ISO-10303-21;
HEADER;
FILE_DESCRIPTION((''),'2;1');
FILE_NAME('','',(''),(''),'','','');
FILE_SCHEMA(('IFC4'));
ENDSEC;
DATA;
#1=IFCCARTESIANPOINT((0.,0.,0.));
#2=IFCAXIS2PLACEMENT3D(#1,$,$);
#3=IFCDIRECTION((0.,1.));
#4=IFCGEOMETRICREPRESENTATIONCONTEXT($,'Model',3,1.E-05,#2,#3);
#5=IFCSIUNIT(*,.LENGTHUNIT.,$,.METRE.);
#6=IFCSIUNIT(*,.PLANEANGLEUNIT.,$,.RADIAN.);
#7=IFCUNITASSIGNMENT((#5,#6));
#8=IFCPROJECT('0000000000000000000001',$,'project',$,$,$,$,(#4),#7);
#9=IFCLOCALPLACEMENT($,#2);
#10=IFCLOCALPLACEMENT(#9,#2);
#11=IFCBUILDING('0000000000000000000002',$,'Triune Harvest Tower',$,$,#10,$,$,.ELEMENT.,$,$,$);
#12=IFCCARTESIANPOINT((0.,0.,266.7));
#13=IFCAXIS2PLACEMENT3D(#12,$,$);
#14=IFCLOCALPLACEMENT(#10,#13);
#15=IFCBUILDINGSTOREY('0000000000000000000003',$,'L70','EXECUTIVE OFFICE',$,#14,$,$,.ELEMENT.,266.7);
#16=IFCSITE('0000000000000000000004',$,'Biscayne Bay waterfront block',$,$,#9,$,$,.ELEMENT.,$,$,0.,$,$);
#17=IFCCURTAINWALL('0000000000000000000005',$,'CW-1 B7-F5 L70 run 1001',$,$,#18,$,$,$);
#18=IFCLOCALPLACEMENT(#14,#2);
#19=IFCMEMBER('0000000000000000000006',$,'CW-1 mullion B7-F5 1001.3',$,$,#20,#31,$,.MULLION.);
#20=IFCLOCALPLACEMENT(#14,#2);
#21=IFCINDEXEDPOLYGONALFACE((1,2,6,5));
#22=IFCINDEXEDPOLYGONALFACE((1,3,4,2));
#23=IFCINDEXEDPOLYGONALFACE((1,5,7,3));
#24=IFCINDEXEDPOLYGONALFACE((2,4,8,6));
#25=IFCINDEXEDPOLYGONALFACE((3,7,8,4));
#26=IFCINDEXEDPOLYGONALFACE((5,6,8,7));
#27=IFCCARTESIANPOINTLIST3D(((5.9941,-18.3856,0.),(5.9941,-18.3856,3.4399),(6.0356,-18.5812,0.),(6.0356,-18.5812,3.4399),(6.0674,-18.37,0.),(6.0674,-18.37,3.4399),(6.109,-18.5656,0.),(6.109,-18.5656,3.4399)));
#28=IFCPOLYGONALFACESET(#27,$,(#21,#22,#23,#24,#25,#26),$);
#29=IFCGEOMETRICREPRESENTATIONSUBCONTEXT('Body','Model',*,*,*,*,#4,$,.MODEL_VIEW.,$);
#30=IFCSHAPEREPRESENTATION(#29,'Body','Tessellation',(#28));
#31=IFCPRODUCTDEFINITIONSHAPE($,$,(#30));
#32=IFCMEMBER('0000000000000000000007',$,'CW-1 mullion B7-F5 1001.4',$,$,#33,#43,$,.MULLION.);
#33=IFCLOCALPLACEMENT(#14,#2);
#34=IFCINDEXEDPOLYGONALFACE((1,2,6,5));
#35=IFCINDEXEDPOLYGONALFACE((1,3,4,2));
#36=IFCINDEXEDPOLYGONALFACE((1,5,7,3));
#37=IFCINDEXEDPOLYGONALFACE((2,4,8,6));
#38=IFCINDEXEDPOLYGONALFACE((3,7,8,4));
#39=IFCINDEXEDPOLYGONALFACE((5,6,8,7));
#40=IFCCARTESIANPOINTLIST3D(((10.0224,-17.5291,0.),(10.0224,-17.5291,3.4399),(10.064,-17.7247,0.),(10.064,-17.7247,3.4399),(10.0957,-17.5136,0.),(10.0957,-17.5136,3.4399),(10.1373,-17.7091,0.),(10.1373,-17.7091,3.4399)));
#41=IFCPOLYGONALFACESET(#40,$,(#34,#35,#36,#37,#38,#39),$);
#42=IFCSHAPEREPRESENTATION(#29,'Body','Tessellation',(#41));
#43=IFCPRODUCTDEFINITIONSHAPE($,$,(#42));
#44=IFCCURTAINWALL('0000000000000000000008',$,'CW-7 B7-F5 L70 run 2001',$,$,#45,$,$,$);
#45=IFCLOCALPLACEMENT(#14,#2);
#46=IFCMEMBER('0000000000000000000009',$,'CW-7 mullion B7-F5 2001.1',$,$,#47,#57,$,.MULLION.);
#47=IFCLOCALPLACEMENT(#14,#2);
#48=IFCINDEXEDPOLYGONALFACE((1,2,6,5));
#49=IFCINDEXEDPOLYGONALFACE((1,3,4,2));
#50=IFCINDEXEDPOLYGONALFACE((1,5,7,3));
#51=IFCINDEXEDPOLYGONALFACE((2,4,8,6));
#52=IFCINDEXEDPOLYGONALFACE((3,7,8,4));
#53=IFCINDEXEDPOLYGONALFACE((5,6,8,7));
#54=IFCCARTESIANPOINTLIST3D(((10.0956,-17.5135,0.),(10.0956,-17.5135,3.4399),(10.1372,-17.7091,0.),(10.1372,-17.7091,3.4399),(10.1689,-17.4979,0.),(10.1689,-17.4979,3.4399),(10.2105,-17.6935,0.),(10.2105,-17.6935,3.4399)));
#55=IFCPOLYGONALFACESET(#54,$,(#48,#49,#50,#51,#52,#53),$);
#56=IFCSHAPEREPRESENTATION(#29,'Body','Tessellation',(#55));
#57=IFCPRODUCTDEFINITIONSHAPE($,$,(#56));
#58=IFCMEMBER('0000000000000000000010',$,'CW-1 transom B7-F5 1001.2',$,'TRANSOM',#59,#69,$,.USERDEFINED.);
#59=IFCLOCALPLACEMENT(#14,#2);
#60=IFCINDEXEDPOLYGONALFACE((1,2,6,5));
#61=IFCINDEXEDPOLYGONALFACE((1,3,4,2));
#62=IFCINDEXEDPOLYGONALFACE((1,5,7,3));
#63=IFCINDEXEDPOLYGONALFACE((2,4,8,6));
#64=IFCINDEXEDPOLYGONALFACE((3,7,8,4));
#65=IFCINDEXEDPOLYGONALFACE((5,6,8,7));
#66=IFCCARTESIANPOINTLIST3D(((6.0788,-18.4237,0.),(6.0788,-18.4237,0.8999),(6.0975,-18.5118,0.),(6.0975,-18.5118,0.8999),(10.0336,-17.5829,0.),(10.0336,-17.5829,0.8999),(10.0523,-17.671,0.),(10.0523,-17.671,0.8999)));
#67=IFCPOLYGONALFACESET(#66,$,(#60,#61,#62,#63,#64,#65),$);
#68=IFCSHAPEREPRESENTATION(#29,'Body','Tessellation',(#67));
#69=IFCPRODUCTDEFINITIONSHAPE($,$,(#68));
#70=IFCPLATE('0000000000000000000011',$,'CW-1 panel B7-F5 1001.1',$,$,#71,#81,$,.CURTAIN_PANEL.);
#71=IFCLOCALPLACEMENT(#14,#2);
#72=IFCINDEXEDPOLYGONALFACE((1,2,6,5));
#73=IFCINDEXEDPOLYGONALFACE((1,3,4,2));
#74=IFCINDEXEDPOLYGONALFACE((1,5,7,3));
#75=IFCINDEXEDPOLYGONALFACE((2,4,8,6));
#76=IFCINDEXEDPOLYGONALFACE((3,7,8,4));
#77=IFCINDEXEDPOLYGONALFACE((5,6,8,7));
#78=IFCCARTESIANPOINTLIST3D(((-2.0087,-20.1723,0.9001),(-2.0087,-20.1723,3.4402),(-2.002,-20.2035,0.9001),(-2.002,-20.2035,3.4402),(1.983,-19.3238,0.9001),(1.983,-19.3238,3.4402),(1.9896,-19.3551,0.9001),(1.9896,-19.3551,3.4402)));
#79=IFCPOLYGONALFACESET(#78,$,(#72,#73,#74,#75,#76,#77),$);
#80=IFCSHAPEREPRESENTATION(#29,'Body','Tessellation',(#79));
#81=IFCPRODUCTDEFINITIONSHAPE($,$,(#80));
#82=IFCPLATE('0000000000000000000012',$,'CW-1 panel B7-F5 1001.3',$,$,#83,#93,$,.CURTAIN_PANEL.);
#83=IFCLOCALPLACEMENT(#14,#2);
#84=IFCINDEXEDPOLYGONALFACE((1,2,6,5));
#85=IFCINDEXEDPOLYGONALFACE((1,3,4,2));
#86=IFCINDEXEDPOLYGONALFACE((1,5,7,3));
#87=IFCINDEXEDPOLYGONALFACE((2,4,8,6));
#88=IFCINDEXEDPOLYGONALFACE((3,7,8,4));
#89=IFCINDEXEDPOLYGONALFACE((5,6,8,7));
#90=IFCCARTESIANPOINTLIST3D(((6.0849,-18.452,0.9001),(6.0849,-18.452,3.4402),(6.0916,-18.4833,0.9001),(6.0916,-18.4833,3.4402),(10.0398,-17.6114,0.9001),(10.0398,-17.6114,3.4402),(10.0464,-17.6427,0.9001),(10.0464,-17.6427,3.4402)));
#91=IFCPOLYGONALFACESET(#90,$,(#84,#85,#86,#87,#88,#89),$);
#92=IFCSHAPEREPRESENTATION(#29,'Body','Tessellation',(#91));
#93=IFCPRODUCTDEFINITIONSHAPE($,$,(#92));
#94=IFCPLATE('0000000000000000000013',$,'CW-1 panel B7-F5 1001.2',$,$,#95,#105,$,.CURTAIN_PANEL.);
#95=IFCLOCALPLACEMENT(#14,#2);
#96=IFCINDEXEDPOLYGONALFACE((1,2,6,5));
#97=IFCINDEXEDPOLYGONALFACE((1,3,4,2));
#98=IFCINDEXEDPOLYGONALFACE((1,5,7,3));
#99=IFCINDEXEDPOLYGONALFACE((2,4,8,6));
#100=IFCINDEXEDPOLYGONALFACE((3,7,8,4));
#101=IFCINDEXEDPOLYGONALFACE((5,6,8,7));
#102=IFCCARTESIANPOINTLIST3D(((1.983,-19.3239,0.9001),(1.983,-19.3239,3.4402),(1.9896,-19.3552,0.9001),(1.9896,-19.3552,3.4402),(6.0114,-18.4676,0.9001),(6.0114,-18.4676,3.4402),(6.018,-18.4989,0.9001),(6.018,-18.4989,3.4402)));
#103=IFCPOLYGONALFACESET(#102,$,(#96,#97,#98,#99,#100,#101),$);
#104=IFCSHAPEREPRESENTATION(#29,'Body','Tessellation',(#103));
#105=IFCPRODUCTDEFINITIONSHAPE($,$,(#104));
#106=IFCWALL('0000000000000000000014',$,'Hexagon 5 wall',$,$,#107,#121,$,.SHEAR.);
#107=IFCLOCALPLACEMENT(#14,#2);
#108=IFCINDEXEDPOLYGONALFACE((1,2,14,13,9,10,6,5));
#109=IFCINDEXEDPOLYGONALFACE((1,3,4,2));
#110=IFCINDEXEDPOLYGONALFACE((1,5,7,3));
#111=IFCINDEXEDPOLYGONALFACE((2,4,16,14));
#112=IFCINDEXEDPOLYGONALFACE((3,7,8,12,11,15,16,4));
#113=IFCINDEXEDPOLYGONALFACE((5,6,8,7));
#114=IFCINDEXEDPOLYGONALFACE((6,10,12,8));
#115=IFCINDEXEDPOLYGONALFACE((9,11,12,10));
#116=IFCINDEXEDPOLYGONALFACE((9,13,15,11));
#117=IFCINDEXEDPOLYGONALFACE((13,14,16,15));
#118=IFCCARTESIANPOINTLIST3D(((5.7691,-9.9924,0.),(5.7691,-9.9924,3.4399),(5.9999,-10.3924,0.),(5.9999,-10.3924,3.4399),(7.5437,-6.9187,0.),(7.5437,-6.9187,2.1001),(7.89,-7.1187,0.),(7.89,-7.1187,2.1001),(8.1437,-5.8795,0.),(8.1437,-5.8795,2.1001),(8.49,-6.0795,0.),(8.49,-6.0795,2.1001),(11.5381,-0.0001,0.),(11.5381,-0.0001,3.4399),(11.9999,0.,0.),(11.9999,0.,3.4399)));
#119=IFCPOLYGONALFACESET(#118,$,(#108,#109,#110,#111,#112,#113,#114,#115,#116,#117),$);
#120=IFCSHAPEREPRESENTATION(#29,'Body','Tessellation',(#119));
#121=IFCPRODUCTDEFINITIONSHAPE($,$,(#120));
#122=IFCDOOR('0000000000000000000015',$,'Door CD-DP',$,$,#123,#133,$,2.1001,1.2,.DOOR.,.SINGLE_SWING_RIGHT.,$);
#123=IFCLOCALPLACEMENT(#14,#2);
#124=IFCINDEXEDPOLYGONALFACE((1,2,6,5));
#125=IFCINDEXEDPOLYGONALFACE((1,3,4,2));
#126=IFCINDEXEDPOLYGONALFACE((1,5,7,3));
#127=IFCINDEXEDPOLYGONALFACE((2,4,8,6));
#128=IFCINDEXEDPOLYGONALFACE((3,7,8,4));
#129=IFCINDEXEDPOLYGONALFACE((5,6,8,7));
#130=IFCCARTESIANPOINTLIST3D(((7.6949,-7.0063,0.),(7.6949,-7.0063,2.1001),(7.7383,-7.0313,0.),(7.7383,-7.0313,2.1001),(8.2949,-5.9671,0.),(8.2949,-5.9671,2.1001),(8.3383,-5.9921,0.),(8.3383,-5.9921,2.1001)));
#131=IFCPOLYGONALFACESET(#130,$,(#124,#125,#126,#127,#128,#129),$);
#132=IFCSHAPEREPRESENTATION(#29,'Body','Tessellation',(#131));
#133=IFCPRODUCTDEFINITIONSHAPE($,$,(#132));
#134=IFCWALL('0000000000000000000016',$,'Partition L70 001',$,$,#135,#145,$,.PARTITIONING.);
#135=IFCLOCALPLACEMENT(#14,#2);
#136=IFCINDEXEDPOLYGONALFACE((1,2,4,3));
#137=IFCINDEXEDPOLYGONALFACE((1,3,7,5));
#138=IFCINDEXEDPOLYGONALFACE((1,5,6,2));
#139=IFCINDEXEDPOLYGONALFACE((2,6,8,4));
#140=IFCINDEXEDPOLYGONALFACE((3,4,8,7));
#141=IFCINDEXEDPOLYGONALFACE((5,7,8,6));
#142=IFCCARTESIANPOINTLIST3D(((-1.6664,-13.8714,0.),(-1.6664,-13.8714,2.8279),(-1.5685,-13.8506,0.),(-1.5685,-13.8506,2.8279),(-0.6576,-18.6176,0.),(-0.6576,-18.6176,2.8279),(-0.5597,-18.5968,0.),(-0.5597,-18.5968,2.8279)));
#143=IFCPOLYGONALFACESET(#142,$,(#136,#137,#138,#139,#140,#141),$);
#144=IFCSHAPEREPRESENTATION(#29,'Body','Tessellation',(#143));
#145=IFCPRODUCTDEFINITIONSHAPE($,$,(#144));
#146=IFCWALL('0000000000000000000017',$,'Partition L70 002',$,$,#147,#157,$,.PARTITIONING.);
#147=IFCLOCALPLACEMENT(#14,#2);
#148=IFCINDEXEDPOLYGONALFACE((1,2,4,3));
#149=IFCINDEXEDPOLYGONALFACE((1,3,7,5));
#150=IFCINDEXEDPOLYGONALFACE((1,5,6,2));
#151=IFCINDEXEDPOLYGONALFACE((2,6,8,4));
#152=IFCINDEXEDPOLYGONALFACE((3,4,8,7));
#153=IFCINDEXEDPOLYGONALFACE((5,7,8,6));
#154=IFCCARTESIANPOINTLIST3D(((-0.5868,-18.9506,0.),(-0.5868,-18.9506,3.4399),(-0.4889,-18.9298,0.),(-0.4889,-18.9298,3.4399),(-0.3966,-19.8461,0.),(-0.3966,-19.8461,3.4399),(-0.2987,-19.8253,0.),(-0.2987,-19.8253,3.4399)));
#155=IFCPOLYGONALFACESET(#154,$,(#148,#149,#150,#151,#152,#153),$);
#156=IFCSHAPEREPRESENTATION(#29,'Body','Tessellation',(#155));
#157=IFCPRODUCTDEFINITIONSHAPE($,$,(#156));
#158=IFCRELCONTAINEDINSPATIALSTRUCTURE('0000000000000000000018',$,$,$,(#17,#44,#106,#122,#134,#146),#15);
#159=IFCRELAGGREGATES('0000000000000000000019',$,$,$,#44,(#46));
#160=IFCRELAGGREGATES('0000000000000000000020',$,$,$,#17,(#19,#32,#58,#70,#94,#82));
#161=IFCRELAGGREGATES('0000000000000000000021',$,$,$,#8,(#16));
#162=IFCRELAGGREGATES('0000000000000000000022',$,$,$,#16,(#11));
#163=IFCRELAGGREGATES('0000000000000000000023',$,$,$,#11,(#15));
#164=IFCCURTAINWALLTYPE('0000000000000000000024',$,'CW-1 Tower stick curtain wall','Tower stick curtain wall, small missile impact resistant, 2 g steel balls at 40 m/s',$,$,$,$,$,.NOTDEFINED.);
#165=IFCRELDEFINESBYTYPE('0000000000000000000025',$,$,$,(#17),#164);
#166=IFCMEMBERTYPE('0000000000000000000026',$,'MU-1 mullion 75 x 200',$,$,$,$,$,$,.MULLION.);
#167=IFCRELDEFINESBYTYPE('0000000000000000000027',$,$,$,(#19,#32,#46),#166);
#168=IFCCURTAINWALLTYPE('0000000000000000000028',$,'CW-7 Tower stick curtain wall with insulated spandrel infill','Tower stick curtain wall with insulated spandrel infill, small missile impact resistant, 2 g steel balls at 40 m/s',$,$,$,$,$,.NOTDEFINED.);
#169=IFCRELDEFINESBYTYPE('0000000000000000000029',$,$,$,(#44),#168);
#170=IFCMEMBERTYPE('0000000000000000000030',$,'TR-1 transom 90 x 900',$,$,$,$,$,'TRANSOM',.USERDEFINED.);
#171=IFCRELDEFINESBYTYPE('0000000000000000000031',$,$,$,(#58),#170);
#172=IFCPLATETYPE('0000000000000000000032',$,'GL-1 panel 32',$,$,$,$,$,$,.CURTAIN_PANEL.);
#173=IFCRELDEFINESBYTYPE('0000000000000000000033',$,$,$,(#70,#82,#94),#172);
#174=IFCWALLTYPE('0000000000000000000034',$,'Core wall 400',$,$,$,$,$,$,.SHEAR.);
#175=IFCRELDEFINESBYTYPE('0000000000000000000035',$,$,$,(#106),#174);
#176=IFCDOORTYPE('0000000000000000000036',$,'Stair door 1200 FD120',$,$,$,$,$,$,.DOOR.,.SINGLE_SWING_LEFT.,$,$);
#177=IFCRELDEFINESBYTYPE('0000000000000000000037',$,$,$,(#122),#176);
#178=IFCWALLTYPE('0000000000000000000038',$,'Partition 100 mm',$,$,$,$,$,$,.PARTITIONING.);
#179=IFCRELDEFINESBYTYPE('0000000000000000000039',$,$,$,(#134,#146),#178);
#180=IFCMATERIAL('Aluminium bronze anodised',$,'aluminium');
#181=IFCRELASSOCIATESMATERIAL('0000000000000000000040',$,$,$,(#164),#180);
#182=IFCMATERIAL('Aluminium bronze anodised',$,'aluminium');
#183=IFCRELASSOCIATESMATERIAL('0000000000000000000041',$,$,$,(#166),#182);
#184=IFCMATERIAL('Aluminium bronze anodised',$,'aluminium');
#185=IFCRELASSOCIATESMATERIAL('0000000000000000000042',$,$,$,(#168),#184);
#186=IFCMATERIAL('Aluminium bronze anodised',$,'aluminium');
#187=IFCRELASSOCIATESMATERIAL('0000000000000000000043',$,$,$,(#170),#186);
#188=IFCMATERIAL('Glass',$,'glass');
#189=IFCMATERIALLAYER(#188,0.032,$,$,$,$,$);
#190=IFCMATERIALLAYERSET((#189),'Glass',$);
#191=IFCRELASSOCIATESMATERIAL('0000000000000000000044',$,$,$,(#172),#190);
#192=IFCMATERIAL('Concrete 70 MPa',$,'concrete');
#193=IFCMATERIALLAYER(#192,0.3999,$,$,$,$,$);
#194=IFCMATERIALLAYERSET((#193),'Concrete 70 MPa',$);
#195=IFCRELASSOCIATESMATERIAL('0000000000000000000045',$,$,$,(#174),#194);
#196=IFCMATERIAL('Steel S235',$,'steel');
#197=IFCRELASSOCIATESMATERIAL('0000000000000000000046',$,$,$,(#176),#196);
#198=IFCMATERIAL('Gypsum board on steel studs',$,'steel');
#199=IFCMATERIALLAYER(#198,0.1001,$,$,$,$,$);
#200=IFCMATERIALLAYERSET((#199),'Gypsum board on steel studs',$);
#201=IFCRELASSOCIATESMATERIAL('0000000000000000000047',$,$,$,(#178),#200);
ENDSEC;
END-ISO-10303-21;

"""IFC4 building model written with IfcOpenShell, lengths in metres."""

from ifc_helpers import new_model, si_unit, direction, frame, frame_2d, origin, origin_2d, place, context, subcontext, project, spatial, polyline, rectangle, outline, extrude, source, transform, mapped, material, layer, layer_set, material_profile, profile_set, type_object, element, fill, aggregate, save


model = new_model("IFC4")

# Units and contexts
model_context = context("Model", 3, precision=1e-05, world=origin(), true_north=direction((0.0, 1.0)))
body_context = subcontext(model_context, "Body", "Model", "MODEL_VIEW")
ifc_project = project(units=[si_unit("LENGTHUNIT", "METRE"), si_unit("PLANEANGLEUNIT", "RADIAN")], contexts=[model_context])

# Site, building, storey
site_placement = place(None, origin())
site = spatial("IfcSite", under=ifc_project, at=site_placement, Name="Biscayne Bay waterfront block", CompositionType="ELEMENT", RefElevation=0.0)
building_placement = place(site_placement, origin())
building = spatial("IfcBuilding", under=site, at=building_placement, Name="Triune Harvest Tower", CompositionType="ELEMENT")
storey_placement = place(building_placement, frame((0.0, 0.0, 266.7)))
storey = spatial("IfcBuildingStorey", under=building, at=storey_placement, Name="L70", Description="EXECUTIVE OFFICE", CompositionType="ELEMENT", Elevation=266.7)

# Curtain wall, members
ifc_material_1 = material(Name="Aluminium bronze anodised", Category="aluminium")
curtain_wall_type_1 = type_object("IfcCurtainWallType", Name="CW-1 Tower stick curtain wall", Description="Tower stick curtain wall, small missile impact resistant, 2 g steel balls at 40 m/s", PredefinedType="NOTDEFINED", material=ifc_material_1)
curtain_wall_1_placement = place(storey_placement, origin())
curtain_wall_1 = element("IfcCurtainWall", 1, at=curtain_wall_1_placement, inside=storey, type_object=curtain_wall_type_1, Name="CW-1 B7-F5 L70 run 1001")
ifc_material_2 = material(Name="Aluminium bronze anodised", Category="aluminium")
ifc_material_profile_1 = material_profile(ifc_material_2, rectangle(XDim=0.2, YDim=0.075, at=origin_2d()), Name="MU-1 mullion 75 x 200")
ifc_profile_set_1 = profile_set([ifc_material_profile_1], Name="Aluminium bronze anodised")
member_type_1 = type_object("IfcMemberType", Name="MU-1 mullion 75 x 200", PredefinedType="MULLION", material=ifc_profile_set_1)
shared_shape_1 = source(origin(), body_context, "Body", "SweptSolid", [
    extrude(rectangle(XDim=0.2, YDim=0.075, at=origin_2d()), origin(), (0.0, 0.0, 1.0), 3.4399),
])
member_1_placement = place(storey_placement, frame((6.0515, -18.4756, 0.0), z_axis=(0.0, 0.0, 1.0), x_axis=(-0.207917, 0.978146, 0.0)))
member_1 = element("IfcMember", 2, at=member_1_placement, type_object=member_type_1, Name="CW-1 mullion B7-F5 1001.3", PredefinedType="MULLION", context=body_context, shape_type="MappedRepresentation", body=[
    mapped(shared_shape_1, transform((0.0, 0.0, 0.0), scale=1.0)),
])
member_2_placement = place(storey_placement, frame((10.0798, -17.6191, 0.0), z_axis=(0.0, 0.0, 1.0), x_axis=(-0.207917, 0.978146, 0.0)))
member_2 = element("IfcMember", 3, at=member_2_placement, type_object=member_type_1, Name="CW-1 mullion B7-F5 1001.4", PredefinedType="MULLION", context=body_context, shape_type="MappedRepresentation", body=[
    mapped(shared_shape_1, transform((0.0, 0.0, 0.0), scale=1.0)),
])

# Curtain wall, member
ifc_material_3 = material(Name="Aluminium bronze anodised", Category="aluminium")
curtain_wall_type_2 = type_object("IfcCurtainWallType", Name="CW-7 Tower stick curtain wall with insulated spandrel infill", Description="Tower stick curtain wall with insulated spandrel infill, small missile impact resistant, 2 g steel balls at 40 m/s", PredefinedType="NOTDEFINED", material=ifc_material_3)
curtain_wall_2_placement = place(storey_placement, origin())
curtain_wall_2 = element("IfcCurtainWall", 4, at=curtain_wall_2_placement, inside=storey, type_object=curtain_wall_type_2, Name="CW-7 B7-F5 L70 run 2001")
member_3_placement = place(storey_placement, frame((10.1531, -17.6035, 0.0), z_axis=(0.0, 0.0, 1.0), x_axis=(-0.207909, 0.978148, 0.0)))
member_3 = element("IfcMember", 5, at=member_3_placement, type_object=member_type_1, Name="CW-7 mullion B7-F5 2001.1", PredefinedType="MULLION", context=body_context, shape_type="MappedRepresentation", body=[
    mapped(shared_shape_1, transform((0.0, 0.0, 0.0), scale=1.0)),
])
aggregate(curtain_wall_2, [member_3])

# Member
ifc_material_4 = material(Name="Aluminium bronze anodised", Category="aluminium")
ifc_material_profile_2 = material_profile(ifc_material_4, rectangle(XDim=0.0901, YDim=0.8999, at=origin_2d()), Name="TR-1 transom 90 x 900")
ifc_profile_set_2 = profile_set([ifc_material_profile_2], Name="Aluminium bronze anodised")
member_type_2 = type_object("IfcMemberType", Name="TR-1 transom 90 x 900", ElementType="TRANSOM", PredefinedType="USERDEFINED", material=ifc_profile_set_2)
shared_shape_2 = source(origin(), body_context, "Body", "SweptSolid", [
    extrude(rectangle(XDim=0.0901, YDim=0.8999, at=origin_2d()), origin(), (0.0, 0.0, 1.0), 4.0432),
])
member_4_placement = place(storey_placement, frame((6.0881, -18.4678, 0.45), z_axis=(0.978138, 0.207958, 0.0), x_axis=(-0.207958, 0.978138, 0.0)))
member_4 = element("IfcMember", 6, at=member_4_placement, type_object=member_type_2, Name="CW-1 transom B7-F5 1001.2", ObjectType="TRANSOM", PredefinedType="USERDEFINED", context=body_context, shape_type="MappedRepresentation", body=[
    mapped(shared_shape_2, transform((0.0, 0.0, 0.0), scale=1.0)),
])

# Plates
ifc_material_5 = material(Name="Glass", Category="glass")
ifc_layer_1 = layer(ifc_material_5, 0.032)
ifc_layer_set_1 = layer_set([ifc_layer_1], Name="Glass")
plate_type = type_object("IfcPlateType", Name="GL-1 panel 32", PredefinedType="CURTAIN_PANEL", material=ifc_layer_set_1)
shared_shape_3 = source(origin(), body_context, "Body", "SweptSolid", [
    extrude(rectangle(XDim=4.0808, YDim=0.032, at=origin_2d()), origin(), (0.0, 0.0, 1.0), 2.54),
])
plate_1_placement = place(storey_placement, frame((-0.0095, -19.7637, 0.9001), z_axis=(0.0, 0.0, 1.0), x_axis=(0.978146, 0.207917, 0.0)))
plate_1 = element("IfcPlate", 7, at=plate_1_placement, type_object=plate_type, Name="CW-1 panel B7-F5 1001.1", PredefinedType="CURTAIN_PANEL", context=body_context, shape_type="MappedRepresentation", body=[
    mapped(shared_shape_3, transform((0.0, 0.0, 0.0), scale=1.0)),
])
shared_shape_4 = source(origin(), body_context, "Body", "SweptSolid", [
    extrude(rectangle(XDim=4.0432, YDim=0.032, at=origin_2d()), origin(), (0.0, 0.0, 1.0), 2.54),
])
plate_2_placement = place(storey_placement, frame((8.0657, -18.0474, 0.9001), z_axis=(0.0, 0.0, 1.0), x_axis=(0.978146, 0.207917, 0.0)))
plate_2 = element("IfcPlate", 8, at=plate_2_placement, type_object=plate_type, Name="CW-1 panel B7-F5 1001.3", PredefinedType="CURTAIN_PANEL", context=body_context, shape_type="MappedRepresentation", body=[
    mapped(shared_shape_4, transform((0.0, 0.0, 0.0), scale=1.0)),
])
shared_shape_5 = source(origin(), body_context, "Body", "SweptSolid", [
    extrude(rectangle(XDim=4.1184, YDim=0.032, at=origin_2d()), origin(), (0.0, 0.0, 1.0), 2.54),
])
plate_3_placement = place(storey_placement, frame((4.0005, -18.9114, 0.9001), z_axis=(0.0, 0.0, 1.0), x_axis=(0.978146, 0.207917, 0.0)))
plate_3 = element("IfcPlate", 9, at=plate_3_placement, type_object=plate_type, Name="CW-1 panel B7-F5 1001.2", PredefinedType="CURTAIN_PANEL", context=body_context, shape_type="MappedRepresentation", body=[
    mapped(shared_shape_5, transform((0.0, 0.0, 0.0), scale=1.0)),
])
aggregate(curtain_wall_1, [member_1, member_2, member_4, plate_1, plate_3, plate_2])

# Wall, opening, door
ifc_material_6 = material(Name="Concrete 70 MPa", Category="concrete")
ifc_layer_2 = layer(ifc_material_6, 0.3999)
ifc_layer_set_2 = layer_set([ifc_layer_2], Name="Concrete 70 MPa")
wall_type_1 = type_object("IfcWallType", Name="Core wall 400", PredefinedType="SHEAR", material=ifc_layer_set_2)
shared_shape_6 = source(origin(), body_context, "Body", "SweptSolid", [
    extrude(outline(polyline([(-0.1155, -0.2), (11.8845, -0.2), (11.6536, 0.2), (0.1155, 0.2), (-0.1155, -0.2)])), origin(), (0.0, 0.0, 1.0), 3.4399),
])
wall_1_placement = place(storey_placement, frame((5.8845, -10.1924, 0.0), z_axis=(0.0, 0.0, 1.0), x_axis=(0.499997, 0.866027, 0.0)))
wall_1 = element("IfcWall", 10, at=wall_1_placement, inside=storey, type_object=wall_type_1, Name="Hexagon 5 wall", PredefinedType="SHEAR", context=body_context, shape_type="MappedRepresentation", body=[
    mapped(shared_shape_6, transform((0.0, 0.0, 0.0), scale=1.0)),
])
opening_1_placement = place(wall_1_placement, frame((3.6646, 0.0, 0.0)))
opening_1 = element("IfcOpeningElement", 11, at=opening_1_placement, cuts=wall_1, PredefinedType="OPENING", context=body_context, shape_type="SweptSolid", body=[
    extrude(rectangle(XDim=1.2, YDim=2.1001, at=frame_2d((0.6001, 1.05))), frame((0.0, 0.21, 0.0), z_axis=(0.0, -1.0, 0.0), x_axis=(1.0, 0.0, 0.0)), (0.0, 0.0, 1.0), 0.4199),
])
ifc_material_7 = material(Name="Steel S235", Category="steel")
door_type_1 = type_object("IfcDoorType", Name="Stair door 1200 FD120", OperationType="SINGLE_SWING_LEFT", PredefinedType="DOOR", material=ifc_material_7)
door_1_placement = place(opening_1_placement, frame((1.2, 0.0, 0.0), z_axis=(0.0, 0.0, 1.0), x_axis=(-1.0, 0.0, 0.0)))
door_1 = element("IfcDoor", 12, at=door_1_placement, inside=storey, type_object=door_type_1, Name="Door CD-DP", OperationType="SINGLE_SWING_RIGHT", OverallHeight=2.1001, OverallWidth=1.2, PredefinedType="DOOR", context=body_context, shape_type="SweptSolid", body=[
    extrude(rectangle(XDim=1.2, YDim=2.1001, at=frame_2d((0.6001, 1.05))), frame((0.0, 0.0249, 0.0), z_axis=(0.0, -1.0, 0.0), x_axis=(1.0, 0.0, 0.0)), (0.0, 0.0, 1.0), 0.05),
])
fill(opening_1, door_1)

# Walls
ifc_material_8 = material(Name="Gypsum board on steel studs", Category="steel")
ifc_layer_3 = layer(ifc_material_8, 0.1001)
ifc_layer_set_3 = layer_set([ifc_layer_3], Name="Gypsum board on steel studs")
wall_type_2 = type_object("IfcWallType", Name="Partition 100 mm", PredefinedType="PARTITIONING", material=ifc_layer_set_3)
shared_shape_7 = source(origin(), body_context, "Body", "SweptSolid", [
    extrude(rectangle(XDim=4.8523, YDim=0.1001, at=frame_2d((2.4263, 0.0))), origin(), (0.0, 0.0, 1.0), 2.8279),
])
wall_2_placement = place(storey_placement, frame((-1.6174, -13.8608, 0.0), z_axis=(0.0, 0.0, 1.0), x_axis=(0.207897, -0.978151, 0.0)))
element("IfcWall", 13, at=wall_2_placement, inside=storey, type_object=wall_type_2, Name="Partition L70 001", PredefinedType="PARTITIONING", context=body_context, shape_type="MappedRepresentation", body=[
    mapped(shared_shape_7, transform((0.0, 0.0, 0.0), scale=1.0)),
])
shared_shape_8 = source(origin(), body_context, "Body", "SweptSolid", [
    extrude(rectangle(XDim=0.9155, YDim=0.1001, at=frame_2d((0.4578, 0.0))), origin(), (0.0, 0.0, 1.0), 3.4399),
])
wall_3_placement = place(storey_placement, frame((-0.5378, -18.9402, 0.0), z_axis=(0.0, 0.0, 1.0), x_axis=(0.207744, -0.978183, 0.0)))
element("IfcWall", 14, at=wall_3_placement, inside=storey, type_object=wall_type_2, Name="Partition L70 002", PredefinedType="PARTITIONING", context=body_context, shape_type="MappedRepresentation", body=[
    mapped(shared_shape_8, transform((0.0, 0.0, 0.0), scale=1.0)),
])

save(model, "model.ifc")
